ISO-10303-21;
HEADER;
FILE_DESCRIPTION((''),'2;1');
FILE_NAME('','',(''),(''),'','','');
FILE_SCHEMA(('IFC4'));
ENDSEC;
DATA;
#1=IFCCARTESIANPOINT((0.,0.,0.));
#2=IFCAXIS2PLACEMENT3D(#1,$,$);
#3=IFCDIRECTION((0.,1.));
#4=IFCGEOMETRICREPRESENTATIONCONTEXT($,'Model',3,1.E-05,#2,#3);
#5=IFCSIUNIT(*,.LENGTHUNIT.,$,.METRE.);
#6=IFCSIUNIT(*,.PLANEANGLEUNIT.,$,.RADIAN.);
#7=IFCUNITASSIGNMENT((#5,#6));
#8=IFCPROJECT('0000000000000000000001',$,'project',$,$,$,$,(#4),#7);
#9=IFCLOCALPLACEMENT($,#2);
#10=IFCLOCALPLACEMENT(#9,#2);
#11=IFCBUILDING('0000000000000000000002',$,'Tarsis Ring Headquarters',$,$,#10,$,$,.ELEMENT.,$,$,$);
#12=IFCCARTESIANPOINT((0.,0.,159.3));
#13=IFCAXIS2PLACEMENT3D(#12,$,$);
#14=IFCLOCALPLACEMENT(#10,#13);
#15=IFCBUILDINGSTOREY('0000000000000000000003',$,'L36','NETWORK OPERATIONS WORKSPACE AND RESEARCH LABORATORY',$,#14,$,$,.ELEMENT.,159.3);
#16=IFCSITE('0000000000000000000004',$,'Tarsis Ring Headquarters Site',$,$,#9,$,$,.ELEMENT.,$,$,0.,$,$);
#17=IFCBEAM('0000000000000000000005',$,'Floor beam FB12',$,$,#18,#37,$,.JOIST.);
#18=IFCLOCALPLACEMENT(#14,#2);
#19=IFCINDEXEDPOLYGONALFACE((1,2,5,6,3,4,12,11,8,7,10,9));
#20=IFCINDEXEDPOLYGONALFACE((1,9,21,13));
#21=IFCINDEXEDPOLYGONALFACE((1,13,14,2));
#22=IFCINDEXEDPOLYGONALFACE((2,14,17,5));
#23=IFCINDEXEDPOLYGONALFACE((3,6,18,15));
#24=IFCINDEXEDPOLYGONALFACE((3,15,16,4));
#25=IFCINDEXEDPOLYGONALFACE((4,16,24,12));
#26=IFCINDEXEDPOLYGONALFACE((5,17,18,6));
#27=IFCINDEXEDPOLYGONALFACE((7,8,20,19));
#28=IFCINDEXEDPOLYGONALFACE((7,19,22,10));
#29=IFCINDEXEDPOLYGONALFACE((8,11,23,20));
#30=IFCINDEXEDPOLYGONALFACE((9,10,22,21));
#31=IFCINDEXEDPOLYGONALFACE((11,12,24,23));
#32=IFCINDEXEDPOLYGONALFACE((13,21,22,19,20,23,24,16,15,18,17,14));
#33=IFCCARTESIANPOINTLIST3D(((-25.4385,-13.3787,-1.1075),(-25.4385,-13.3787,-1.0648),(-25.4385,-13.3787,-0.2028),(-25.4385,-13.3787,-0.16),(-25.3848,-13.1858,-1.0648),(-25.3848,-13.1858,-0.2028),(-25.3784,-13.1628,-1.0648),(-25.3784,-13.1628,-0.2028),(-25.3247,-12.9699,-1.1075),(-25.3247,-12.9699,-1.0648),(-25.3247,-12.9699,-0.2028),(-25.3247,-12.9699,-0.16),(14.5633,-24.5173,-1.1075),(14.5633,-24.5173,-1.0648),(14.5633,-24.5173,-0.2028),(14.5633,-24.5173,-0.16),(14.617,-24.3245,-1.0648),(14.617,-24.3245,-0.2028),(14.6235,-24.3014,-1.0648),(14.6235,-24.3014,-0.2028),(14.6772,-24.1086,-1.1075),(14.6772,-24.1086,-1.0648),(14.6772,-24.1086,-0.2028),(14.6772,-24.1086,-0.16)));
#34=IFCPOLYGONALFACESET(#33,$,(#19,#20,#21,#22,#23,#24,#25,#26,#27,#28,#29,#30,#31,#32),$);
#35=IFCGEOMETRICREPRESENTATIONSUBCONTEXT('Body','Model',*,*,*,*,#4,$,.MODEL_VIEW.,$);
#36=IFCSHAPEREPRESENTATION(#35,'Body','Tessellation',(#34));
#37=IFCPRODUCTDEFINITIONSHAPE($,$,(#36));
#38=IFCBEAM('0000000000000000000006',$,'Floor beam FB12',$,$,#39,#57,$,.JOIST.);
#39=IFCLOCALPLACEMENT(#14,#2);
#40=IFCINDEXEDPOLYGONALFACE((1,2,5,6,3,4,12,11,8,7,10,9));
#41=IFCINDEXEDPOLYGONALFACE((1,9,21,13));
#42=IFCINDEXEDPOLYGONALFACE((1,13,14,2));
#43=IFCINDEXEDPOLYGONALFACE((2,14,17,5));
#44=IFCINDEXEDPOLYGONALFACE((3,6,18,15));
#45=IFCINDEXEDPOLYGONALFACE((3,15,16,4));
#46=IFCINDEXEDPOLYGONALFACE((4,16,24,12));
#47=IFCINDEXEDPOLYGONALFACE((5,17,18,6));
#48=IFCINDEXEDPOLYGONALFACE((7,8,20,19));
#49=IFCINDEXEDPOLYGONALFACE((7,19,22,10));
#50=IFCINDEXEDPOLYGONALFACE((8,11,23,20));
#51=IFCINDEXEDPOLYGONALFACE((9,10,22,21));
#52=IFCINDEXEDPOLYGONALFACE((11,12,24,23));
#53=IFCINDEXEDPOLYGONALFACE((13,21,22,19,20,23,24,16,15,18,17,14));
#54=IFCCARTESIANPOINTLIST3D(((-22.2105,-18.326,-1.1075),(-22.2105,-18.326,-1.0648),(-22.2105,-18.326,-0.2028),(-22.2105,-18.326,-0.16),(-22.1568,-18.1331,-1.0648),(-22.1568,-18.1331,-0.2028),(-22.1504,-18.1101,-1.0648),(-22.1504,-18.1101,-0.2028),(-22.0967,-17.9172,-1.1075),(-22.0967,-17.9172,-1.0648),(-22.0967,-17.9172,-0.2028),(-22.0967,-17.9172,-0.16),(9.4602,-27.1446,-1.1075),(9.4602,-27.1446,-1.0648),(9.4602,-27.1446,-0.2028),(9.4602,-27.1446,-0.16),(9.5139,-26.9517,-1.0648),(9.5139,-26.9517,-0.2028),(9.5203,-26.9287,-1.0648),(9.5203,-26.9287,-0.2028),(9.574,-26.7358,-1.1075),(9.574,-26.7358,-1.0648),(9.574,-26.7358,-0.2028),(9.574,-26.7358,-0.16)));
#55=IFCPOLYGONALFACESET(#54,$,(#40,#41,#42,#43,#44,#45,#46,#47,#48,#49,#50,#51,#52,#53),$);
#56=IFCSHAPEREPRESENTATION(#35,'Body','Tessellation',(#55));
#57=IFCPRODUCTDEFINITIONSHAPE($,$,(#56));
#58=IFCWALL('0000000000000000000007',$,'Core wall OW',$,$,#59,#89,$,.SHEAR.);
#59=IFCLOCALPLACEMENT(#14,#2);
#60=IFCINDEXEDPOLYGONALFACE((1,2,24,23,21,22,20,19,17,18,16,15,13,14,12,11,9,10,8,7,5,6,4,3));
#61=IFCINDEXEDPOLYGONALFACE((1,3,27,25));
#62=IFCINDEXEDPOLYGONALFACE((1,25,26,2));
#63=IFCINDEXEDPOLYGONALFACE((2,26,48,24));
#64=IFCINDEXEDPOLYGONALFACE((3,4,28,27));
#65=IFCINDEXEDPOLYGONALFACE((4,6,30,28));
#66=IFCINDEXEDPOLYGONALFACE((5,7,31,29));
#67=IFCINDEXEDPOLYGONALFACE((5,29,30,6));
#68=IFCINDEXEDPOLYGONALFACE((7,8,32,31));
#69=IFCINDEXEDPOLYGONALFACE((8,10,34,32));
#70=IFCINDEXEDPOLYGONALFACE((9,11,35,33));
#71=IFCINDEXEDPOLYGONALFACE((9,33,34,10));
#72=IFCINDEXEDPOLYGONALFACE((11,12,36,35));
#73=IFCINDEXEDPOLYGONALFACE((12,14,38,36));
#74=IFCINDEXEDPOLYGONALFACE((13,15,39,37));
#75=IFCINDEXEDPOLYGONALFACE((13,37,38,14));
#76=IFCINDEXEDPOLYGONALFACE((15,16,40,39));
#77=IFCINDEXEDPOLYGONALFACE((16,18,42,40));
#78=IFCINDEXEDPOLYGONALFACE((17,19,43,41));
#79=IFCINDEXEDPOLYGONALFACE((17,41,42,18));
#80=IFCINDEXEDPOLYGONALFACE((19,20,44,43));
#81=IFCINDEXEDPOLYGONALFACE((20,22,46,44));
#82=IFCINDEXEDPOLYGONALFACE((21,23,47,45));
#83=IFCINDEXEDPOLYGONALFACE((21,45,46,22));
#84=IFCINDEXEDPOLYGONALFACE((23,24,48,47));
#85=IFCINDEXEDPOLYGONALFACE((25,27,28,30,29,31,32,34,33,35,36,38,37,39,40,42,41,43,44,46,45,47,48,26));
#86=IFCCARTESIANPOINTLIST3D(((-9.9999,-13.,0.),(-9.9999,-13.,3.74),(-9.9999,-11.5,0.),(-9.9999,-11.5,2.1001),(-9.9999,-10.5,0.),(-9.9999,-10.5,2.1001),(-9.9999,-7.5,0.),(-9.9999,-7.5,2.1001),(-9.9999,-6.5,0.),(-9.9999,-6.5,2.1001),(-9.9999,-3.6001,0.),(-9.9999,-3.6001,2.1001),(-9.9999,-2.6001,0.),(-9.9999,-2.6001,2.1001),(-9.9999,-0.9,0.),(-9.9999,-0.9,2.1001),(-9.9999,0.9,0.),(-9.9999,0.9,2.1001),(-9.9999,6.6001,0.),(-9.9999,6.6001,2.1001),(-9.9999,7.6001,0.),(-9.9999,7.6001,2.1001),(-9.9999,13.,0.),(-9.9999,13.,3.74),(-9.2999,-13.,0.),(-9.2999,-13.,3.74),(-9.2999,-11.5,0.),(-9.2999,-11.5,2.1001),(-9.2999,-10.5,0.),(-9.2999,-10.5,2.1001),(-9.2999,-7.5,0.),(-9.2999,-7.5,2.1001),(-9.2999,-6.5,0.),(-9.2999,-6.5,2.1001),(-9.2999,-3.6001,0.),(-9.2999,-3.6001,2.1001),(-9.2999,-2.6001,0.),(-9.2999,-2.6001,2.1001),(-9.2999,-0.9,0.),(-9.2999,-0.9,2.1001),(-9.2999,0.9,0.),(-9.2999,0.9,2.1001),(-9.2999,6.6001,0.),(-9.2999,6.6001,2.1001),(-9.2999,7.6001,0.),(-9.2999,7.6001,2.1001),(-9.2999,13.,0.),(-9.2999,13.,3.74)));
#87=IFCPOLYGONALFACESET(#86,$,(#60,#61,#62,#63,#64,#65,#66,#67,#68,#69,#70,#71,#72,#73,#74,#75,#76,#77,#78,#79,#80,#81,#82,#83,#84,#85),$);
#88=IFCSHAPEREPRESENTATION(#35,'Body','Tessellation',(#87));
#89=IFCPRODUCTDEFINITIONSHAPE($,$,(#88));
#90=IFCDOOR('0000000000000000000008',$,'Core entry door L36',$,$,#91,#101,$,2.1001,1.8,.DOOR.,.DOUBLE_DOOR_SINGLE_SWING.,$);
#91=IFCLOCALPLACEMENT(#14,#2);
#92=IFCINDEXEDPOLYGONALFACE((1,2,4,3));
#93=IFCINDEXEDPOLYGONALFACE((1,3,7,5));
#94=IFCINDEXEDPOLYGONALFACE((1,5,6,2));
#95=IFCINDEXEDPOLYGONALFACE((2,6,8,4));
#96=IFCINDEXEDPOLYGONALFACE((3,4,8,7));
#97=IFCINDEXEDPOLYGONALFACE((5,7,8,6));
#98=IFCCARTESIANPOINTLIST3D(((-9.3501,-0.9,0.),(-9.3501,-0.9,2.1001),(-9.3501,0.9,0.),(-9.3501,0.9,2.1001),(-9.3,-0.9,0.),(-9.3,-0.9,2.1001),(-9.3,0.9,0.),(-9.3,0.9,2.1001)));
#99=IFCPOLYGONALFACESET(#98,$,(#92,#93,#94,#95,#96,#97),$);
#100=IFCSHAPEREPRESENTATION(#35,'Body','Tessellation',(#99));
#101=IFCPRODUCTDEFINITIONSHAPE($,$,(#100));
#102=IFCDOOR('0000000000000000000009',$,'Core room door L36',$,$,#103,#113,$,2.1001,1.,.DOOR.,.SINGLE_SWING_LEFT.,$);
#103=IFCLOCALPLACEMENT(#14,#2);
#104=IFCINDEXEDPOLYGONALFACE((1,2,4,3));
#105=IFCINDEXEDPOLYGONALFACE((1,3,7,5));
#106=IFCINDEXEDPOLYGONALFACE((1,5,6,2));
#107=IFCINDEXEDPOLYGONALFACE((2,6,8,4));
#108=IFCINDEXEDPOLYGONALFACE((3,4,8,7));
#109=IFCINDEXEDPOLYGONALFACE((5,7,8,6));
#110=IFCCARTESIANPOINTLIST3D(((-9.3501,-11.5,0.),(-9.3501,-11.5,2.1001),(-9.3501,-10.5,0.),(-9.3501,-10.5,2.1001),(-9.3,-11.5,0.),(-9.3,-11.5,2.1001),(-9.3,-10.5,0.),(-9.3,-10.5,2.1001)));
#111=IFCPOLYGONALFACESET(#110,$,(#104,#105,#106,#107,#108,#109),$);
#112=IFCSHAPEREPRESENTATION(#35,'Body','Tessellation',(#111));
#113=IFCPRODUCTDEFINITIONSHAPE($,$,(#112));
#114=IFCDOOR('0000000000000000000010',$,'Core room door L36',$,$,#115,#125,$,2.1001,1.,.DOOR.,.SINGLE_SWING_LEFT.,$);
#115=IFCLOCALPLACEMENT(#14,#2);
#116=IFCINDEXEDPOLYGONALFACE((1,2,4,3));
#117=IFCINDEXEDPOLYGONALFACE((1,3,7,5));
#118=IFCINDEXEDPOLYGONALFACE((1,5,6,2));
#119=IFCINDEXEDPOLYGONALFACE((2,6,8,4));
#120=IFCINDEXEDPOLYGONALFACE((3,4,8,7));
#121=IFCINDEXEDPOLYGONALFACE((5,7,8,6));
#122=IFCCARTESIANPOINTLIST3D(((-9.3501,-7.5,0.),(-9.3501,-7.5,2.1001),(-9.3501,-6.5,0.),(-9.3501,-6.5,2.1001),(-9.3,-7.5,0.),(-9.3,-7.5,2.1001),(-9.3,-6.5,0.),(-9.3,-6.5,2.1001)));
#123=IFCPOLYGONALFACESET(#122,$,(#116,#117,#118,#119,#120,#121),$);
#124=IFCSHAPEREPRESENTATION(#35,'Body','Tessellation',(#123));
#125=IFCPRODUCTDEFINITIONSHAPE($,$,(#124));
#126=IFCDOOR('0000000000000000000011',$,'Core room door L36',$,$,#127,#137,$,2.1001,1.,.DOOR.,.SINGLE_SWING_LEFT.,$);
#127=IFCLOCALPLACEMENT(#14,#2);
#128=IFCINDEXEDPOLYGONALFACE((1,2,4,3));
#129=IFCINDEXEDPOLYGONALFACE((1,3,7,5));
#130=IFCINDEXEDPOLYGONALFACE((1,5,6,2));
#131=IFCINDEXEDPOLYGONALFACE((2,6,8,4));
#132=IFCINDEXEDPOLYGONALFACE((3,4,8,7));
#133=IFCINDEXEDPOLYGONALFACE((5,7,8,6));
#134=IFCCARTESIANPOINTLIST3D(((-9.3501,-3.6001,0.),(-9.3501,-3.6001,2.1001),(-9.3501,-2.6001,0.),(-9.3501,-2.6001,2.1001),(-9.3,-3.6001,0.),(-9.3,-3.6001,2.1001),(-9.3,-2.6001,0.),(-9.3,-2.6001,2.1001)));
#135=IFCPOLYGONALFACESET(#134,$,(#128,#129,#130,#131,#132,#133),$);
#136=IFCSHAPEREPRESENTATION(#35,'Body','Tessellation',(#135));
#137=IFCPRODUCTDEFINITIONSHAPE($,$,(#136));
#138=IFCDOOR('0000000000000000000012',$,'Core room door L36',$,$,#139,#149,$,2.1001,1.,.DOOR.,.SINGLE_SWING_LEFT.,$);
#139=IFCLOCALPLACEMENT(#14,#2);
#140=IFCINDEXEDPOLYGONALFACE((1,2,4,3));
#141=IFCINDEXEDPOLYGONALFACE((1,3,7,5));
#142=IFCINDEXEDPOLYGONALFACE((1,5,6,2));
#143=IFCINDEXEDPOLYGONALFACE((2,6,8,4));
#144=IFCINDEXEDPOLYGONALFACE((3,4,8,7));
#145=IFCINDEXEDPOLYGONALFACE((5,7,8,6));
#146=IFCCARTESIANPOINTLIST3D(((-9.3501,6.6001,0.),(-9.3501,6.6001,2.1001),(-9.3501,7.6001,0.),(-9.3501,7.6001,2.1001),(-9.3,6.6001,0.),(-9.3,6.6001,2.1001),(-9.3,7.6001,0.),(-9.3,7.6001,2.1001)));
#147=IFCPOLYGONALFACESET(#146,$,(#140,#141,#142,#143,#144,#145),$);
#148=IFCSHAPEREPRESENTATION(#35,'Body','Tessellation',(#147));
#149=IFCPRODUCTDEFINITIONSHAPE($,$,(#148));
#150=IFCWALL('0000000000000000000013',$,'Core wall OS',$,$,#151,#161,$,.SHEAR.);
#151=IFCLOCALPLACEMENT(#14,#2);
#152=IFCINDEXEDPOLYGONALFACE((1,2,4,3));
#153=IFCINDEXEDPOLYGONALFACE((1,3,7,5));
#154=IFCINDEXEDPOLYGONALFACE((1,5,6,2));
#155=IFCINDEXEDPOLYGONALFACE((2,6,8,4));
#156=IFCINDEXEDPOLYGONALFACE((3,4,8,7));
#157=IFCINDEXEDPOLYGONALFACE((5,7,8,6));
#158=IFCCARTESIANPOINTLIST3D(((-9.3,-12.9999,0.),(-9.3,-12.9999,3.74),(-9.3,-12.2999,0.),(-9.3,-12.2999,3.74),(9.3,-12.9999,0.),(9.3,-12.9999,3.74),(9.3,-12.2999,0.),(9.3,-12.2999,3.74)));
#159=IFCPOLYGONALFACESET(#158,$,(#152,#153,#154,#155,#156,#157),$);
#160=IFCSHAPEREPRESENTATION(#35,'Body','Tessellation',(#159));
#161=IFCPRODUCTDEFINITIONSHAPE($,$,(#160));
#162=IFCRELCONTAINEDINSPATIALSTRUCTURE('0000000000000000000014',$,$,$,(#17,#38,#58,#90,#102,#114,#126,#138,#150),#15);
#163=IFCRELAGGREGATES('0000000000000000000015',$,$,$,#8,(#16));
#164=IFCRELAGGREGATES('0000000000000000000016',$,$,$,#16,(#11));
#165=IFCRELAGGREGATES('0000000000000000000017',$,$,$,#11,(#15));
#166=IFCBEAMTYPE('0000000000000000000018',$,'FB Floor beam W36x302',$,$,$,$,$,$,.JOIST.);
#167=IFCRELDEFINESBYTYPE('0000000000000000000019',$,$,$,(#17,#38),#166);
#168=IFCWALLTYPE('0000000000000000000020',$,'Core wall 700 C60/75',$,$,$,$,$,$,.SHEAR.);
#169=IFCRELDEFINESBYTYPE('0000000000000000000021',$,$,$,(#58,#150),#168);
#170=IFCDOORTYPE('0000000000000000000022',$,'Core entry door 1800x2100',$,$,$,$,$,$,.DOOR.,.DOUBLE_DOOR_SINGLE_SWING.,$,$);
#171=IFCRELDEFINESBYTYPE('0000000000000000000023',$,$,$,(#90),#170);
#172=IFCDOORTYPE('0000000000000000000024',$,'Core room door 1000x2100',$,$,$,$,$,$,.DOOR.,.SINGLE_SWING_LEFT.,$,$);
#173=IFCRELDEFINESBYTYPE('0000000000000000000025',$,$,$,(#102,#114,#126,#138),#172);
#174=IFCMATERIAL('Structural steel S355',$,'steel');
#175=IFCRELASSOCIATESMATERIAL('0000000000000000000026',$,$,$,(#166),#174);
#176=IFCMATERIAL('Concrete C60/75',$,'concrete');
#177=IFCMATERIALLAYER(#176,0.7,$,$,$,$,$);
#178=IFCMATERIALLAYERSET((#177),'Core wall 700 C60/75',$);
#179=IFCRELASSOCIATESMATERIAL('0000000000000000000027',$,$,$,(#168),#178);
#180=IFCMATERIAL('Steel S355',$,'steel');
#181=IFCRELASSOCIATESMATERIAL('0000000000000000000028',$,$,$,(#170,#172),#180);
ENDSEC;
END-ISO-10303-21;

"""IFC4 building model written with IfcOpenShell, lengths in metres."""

from ifc_helpers import new_model, si_unit, direction, frame, frame_2d, origin, origin_2d, place, context, subcontext, project, spatial, rectangle, i_section, extrude, material, layer, layer_set, material_profile, profile_set, type_object, element, fill, save


model = new_model("IFC4")

# Units and contexts
model_context = context("Model", 3, precision=1e-05, world=origin(), true_north=direction((0.0, 1.0)))
body_context = subcontext(model_context, "Body", "Model", "MODEL_VIEW")
ifc_project = project(units=[si_unit("LENGTHUNIT", "METRE"), si_unit("PLANEANGLEUNIT", "RADIAN")], contexts=[model_context])

# Site, building, storey
site_placement = place(None, origin())
site = spatial("IfcSite", under=ifc_project, at=site_placement, Name="Tarsis Ring Headquarters Site", CompositionType="ELEMENT", RefElevation=0.0)
building_placement = place(site_placement, origin())
building = spatial("IfcBuilding", under=site, at=building_placement, Name="Tarsis Ring Headquarters", CompositionType="ELEMENT")
storey_placement = place(building_placement, frame((0.0, 0.0, 159.3)))
storey = spatial("IfcBuildingStorey", under=building, at=storey_placement, Name="L36", Description="NETWORK OPERATIONS WORKSPACE AND RESEARCH LABORATORY", CompositionType="ELEMENT", Elevation=159.3)

# Beams
ifc_material_1 = material(Name="Structural steel S355", Category="steel")
ifc_material_profile = material_profile(ifc_material_1, i_section(OverallWidth=0.4243, OverallDepth=0.9475, WebThickness=0.0239, FlangeThickness=0.0427, at=origin_2d()), Name="W36x302")
ifc_profile_set = profile_set([ifc_material_profile], Name="Structural steel S355")
beam_type = type_object("IfcBeamType", Name="FB Floor beam W36x302", PredefinedType="JOIST", material=ifc_profile_set)
beam_1_placement = place(storey_placement, frame((-25.3816, -13.1743, -0.6338), z_axis=(0.96335, -0.268248, 0.0), x_axis=(0.268248, 0.96335, 0.0)))
element("IfcBeam", 1, at=beam_1_placement, inside=storey, type_object=beam_type, Name="Floor beam FB12", PredefinedType="JOIST", context=body_context, shape_type="SweptSolid", body=[
    extrude(i_section(OverallWidth=0.4243, OverallDepth=0.9475, WebThickness=0.0239, FlangeThickness=0.0427, at=origin_2d()), origin(), (0.0, 0.0, 1.0), 41.5237),
])
beam_2_placement = place(storey_placement, frame((-22.1536, -18.1216, -0.6338), z_axis=(0.963351, -0.268242, 0.0), x_axis=(0.268242, 0.963351, 0.0)))
element("IfcBeam", 2, at=beam_2_placement, inside=storey, type_object=beam_type, Name="Floor beam FB12", PredefinedType="JOIST", context=body_context, shape_type="SweptSolid", body=[
    extrude(i_section(OverallWidth=0.4243, OverallDepth=0.9475, WebThickness=0.0239, FlangeThickness=0.0427, at=origin_2d()), origin(), (0.0, 0.0, 1.0), 32.8755),
])

# Wall, openings, doors
ifc_material_2 = material(Name="Concrete C60/75", Category="concrete")
ifc_layer_1 = layer(ifc_material_2, 0.7)
ifc_layer_set_1 = layer_set([ifc_layer_1], Name="Core wall 700 C60/75")
wall_type_1 = type_object("IfcWallType", Name="Core wall 700 C60/75", PredefinedType="SHEAR", material=ifc_layer_set_1)
wall_1_placement = place(storey_placement, frame((-9.6499, -13.0, 0.0), z_axis=(0.0, 0.0, 1.0), x_axis=(0.0, 1.0, 0.0)))
wall_1 = element("IfcWall", 3, at=wall_1_placement, inside=storey, type_object=wall_type_1, Name="Core wall OW", PredefinedType="SHEAR", context=body_context, shape_type="SweptSolid", body=[
    extrude(rectangle(XDim=26.0, YDim=0.7, at=frame_2d((13.0, 0.0))), origin(), (0.0, 0.0, 1.0), 3.74),
])
opening_1_placement = place(wall_1_placement, frame((1.5, 0.0, 0.0)))
opening_1 = element("IfcOpeningElement", 4, at=opening_1_placement, cuts=wall_1, PredefinedType="OPENING", context=body_context, shape_type="SweptSolid", body=[
    extrude(rectangle(XDim=1.0, YDim=2.1001, at=frame_2d((0.5, 1.05))), frame((0.0, 0.3599, 0.0), z_axis=(0.0, -1.0, 0.0), x_axis=(1.0, 0.0, 0.0)), (0.0, 0.0, 1.0), 0.72),
])
opening_2_placement = place(wall_1_placement, frame((5.5, 0.0, 0.0)))
opening_2 = element("IfcOpeningElement", 5, at=opening_2_placement, cuts=wall_1, PredefinedType="OPENING", context=body_context, shape_type="SweptSolid", body=[
    extrude(rectangle(XDim=1.0, YDim=2.1001, at=frame_2d((0.5, 1.05))), frame((0.0, 0.3599, 0.0), z_axis=(0.0, -1.0, 0.0), x_axis=(1.0, 0.0, 0.0)), (0.0, 0.0, 1.0), 0.72),
])
opening_3_placement = place(wall_1_placement, frame((9.3999, 0.0, 0.0)))
opening_3 = element("IfcOpeningElement", 6, at=opening_3_placement, cuts=wall_1, PredefinedType="OPENING", context=body_context, shape_type="SweptSolid", body=[
    extrude(rectangle(XDim=1.0, YDim=2.1001, at=frame_2d((0.5, 1.05))), frame((0.0, 0.3599, 0.0), z_axis=(0.0, -1.0, 0.0), x_axis=(1.0, 0.0, 0.0)), (0.0, 0.0, 1.0), 0.72),
])
opening_4_placement = place(wall_1_placement, frame((12.1001, 0.0, 0.0)))
opening_4 = element("IfcOpeningElement", 7, at=opening_4_placement, cuts=wall_1, PredefinedType="OPENING", context=body_context, shape_type="SweptSolid", body=[
    extrude(rectangle(XDim=1.8, YDim=2.1001, at=frame_2d((0.8999, 1.05))), frame((0.0, 0.3599, 0.0), z_axis=(0.0, -1.0, 0.0), x_axis=(1.0, 0.0, 0.0)), (0.0, 0.0, 1.0), 0.72),
])
opening_5_placement = place(wall_1_placement, frame((19.6001, 0.0, 0.0)))
opening_5 = element("IfcOpeningElement", 8, at=opening_5_placement, cuts=wall_1, PredefinedType="OPENING", context=body_context, shape_type="SweptSolid", body=[
    extrude(rectangle(XDim=1.0, YDim=2.1001, at=frame_2d((0.5, 1.05))), frame((0.0, 0.3599, 0.0), z_axis=(0.0, -1.0, 0.0), x_axis=(1.0, 0.0, 0.0)), (0.0, 0.0, 1.0), 0.72),
])
ifc_material_3 = material(Name="Steel S355", Category="steel")
door_type_1 = type_object("IfcDoorType", Name="Core entry door 1800x2100", OperationType="DOUBLE_DOOR_SINGLE_SWING", PredefinedType="DOOR", material=ifc_material_3)
door_1_placement = place(opening_4_placement, origin())
door_1 = element("IfcDoor", 9, at=door_1_placement, inside=storey, type_object=door_type_1, Name="Core entry door L36", OperationType="DOUBLE_DOOR_SINGLE_SWING", OverallHeight=2.1001, OverallWidth=1.8, PredefinedType="DOOR", context=body_context, shape_type="SweptSolid", body=[
    extrude(rectangle(XDim=1.8, YDim=2.1001, at=frame_2d((0.8999, 1.05))), frame((0.0, -0.2998, 0.0), z_axis=(0.0, -1.0, 0.0), x_axis=(1.0, 0.0, 0.0)), (0.0, 0.0, 1.0), 0.05),
])
fill(opening_4, door_1)
door_type_2 = type_object("IfcDoorType", Name="Core room door 1000x2100", OperationType="SINGLE_SWING_LEFT", PredefinedType="DOOR", material=ifc_material_3)
door_2_placement = place(opening_1_placement, origin())
door_2 = element("IfcDoor", 10, at=door_2_placement, inside=storey, type_object=door_type_2, Name="Core room door L36", OperationType="SINGLE_SWING_LEFT", OverallHeight=2.1001, OverallWidth=1.0, PredefinedType="DOOR", context=body_context, shape_type="SweptSolid", body=[
    extrude(rectangle(XDim=1.0, YDim=2.1001, at=frame_2d((0.5, 1.05))), frame((0.0, -0.2998, 0.0), z_axis=(0.0, -1.0, 0.0), x_axis=(1.0, 0.0, 0.0)), (0.0, 0.0, 1.0), 0.05),
])
fill(opening_1, door_2)
door_3_placement = place(opening_2_placement, origin())
door_3 = element("IfcDoor", 11, at=door_3_placement, inside=storey, type_object=door_type_2, Name="Core room door L36", OperationType="SINGLE_SWING_LEFT", OverallHeight=2.1001, OverallWidth=1.0, PredefinedType="DOOR", context=body_context, shape_type="SweptSolid", body=[
    extrude(rectangle(XDim=1.0, YDim=2.1001, at=frame_2d((0.5, 1.05))), frame((0.0, -0.2998, 0.0), z_axis=(0.0, -1.0, 0.0), x_axis=(1.0, 0.0, 0.0)), (0.0, 0.0, 1.0), 0.05),
])
fill(opening_2, door_3)
door_4_placement = place(opening_3_placement, origin())
door_4 = element("IfcDoor", 12, at=door_4_placement, inside=storey, type_object=door_type_2, Name="Core room door L36", OperationType="SINGLE_SWING_LEFT", OverallHeight=2.1001, OverallWidth=1.0, PredefinedType="DOOR", context=body_context, shape_type="SweptSolid", body=[
    extrude(rectangle(XDim=1.0, YDim=2.1001, at=frame_2d((0.5, 1.05))), frame((0.0, -0.2998, 0.0), z_axis=(0.0, -1.0, 0.0), x_axis=(1.0, 0.0, 0.0)), (0.0, 0.0, 1.0), 0.05),
])
fill(opening_3, door_4)
door_5_placement = place(opening_5_placement, origin())
door_5 = element("IfcDoor", 13, at=door_5_placement, inside=storey, type_object=door_type_2, Name="Core room door L36", OperationType="SINGLE_SWING_LEFT", OverallHeight=2.1001, OverallWidth=1.0, PredefinedType="DOOR", context=body_context, shape_type="SweptSolid", body=[
    extrude(rectangle(XDim=1.0, YDim=2.1001, at=frame_2d((0.5, 1.05))), frame((0.0, -0.2998, 0.0), z_axis=(0.0, -1.0, 0.0), x_axis=(1.0, 0.0, 0.0)), (0.0, 0.0, 1.0), 0.05),
])
fill(opening_5, door_5)

# Wall
wall_2_placement = place(storey_placement, frame((-9.3, -12.6499, 0.0), z_axis=(0.0, 0.0, 1.0), x_axis=(1.0, 0.0, 0.0)))
element("IfcWall", 14, at=wall_2_placement, inside=storey, type_object=wall_type_1, Name="Core wall OS", PredefinedType="SHEAR", context=body_context, shape_type="SweptSolid", body=[
    extrude(rectangle(XDim=18.6001, YDim=0.7, at=frame_2d((9.3, 0.0))), origin(), (0.0, 0.0, 1.0), 3.74),
])

save(model, "model.ifc")
